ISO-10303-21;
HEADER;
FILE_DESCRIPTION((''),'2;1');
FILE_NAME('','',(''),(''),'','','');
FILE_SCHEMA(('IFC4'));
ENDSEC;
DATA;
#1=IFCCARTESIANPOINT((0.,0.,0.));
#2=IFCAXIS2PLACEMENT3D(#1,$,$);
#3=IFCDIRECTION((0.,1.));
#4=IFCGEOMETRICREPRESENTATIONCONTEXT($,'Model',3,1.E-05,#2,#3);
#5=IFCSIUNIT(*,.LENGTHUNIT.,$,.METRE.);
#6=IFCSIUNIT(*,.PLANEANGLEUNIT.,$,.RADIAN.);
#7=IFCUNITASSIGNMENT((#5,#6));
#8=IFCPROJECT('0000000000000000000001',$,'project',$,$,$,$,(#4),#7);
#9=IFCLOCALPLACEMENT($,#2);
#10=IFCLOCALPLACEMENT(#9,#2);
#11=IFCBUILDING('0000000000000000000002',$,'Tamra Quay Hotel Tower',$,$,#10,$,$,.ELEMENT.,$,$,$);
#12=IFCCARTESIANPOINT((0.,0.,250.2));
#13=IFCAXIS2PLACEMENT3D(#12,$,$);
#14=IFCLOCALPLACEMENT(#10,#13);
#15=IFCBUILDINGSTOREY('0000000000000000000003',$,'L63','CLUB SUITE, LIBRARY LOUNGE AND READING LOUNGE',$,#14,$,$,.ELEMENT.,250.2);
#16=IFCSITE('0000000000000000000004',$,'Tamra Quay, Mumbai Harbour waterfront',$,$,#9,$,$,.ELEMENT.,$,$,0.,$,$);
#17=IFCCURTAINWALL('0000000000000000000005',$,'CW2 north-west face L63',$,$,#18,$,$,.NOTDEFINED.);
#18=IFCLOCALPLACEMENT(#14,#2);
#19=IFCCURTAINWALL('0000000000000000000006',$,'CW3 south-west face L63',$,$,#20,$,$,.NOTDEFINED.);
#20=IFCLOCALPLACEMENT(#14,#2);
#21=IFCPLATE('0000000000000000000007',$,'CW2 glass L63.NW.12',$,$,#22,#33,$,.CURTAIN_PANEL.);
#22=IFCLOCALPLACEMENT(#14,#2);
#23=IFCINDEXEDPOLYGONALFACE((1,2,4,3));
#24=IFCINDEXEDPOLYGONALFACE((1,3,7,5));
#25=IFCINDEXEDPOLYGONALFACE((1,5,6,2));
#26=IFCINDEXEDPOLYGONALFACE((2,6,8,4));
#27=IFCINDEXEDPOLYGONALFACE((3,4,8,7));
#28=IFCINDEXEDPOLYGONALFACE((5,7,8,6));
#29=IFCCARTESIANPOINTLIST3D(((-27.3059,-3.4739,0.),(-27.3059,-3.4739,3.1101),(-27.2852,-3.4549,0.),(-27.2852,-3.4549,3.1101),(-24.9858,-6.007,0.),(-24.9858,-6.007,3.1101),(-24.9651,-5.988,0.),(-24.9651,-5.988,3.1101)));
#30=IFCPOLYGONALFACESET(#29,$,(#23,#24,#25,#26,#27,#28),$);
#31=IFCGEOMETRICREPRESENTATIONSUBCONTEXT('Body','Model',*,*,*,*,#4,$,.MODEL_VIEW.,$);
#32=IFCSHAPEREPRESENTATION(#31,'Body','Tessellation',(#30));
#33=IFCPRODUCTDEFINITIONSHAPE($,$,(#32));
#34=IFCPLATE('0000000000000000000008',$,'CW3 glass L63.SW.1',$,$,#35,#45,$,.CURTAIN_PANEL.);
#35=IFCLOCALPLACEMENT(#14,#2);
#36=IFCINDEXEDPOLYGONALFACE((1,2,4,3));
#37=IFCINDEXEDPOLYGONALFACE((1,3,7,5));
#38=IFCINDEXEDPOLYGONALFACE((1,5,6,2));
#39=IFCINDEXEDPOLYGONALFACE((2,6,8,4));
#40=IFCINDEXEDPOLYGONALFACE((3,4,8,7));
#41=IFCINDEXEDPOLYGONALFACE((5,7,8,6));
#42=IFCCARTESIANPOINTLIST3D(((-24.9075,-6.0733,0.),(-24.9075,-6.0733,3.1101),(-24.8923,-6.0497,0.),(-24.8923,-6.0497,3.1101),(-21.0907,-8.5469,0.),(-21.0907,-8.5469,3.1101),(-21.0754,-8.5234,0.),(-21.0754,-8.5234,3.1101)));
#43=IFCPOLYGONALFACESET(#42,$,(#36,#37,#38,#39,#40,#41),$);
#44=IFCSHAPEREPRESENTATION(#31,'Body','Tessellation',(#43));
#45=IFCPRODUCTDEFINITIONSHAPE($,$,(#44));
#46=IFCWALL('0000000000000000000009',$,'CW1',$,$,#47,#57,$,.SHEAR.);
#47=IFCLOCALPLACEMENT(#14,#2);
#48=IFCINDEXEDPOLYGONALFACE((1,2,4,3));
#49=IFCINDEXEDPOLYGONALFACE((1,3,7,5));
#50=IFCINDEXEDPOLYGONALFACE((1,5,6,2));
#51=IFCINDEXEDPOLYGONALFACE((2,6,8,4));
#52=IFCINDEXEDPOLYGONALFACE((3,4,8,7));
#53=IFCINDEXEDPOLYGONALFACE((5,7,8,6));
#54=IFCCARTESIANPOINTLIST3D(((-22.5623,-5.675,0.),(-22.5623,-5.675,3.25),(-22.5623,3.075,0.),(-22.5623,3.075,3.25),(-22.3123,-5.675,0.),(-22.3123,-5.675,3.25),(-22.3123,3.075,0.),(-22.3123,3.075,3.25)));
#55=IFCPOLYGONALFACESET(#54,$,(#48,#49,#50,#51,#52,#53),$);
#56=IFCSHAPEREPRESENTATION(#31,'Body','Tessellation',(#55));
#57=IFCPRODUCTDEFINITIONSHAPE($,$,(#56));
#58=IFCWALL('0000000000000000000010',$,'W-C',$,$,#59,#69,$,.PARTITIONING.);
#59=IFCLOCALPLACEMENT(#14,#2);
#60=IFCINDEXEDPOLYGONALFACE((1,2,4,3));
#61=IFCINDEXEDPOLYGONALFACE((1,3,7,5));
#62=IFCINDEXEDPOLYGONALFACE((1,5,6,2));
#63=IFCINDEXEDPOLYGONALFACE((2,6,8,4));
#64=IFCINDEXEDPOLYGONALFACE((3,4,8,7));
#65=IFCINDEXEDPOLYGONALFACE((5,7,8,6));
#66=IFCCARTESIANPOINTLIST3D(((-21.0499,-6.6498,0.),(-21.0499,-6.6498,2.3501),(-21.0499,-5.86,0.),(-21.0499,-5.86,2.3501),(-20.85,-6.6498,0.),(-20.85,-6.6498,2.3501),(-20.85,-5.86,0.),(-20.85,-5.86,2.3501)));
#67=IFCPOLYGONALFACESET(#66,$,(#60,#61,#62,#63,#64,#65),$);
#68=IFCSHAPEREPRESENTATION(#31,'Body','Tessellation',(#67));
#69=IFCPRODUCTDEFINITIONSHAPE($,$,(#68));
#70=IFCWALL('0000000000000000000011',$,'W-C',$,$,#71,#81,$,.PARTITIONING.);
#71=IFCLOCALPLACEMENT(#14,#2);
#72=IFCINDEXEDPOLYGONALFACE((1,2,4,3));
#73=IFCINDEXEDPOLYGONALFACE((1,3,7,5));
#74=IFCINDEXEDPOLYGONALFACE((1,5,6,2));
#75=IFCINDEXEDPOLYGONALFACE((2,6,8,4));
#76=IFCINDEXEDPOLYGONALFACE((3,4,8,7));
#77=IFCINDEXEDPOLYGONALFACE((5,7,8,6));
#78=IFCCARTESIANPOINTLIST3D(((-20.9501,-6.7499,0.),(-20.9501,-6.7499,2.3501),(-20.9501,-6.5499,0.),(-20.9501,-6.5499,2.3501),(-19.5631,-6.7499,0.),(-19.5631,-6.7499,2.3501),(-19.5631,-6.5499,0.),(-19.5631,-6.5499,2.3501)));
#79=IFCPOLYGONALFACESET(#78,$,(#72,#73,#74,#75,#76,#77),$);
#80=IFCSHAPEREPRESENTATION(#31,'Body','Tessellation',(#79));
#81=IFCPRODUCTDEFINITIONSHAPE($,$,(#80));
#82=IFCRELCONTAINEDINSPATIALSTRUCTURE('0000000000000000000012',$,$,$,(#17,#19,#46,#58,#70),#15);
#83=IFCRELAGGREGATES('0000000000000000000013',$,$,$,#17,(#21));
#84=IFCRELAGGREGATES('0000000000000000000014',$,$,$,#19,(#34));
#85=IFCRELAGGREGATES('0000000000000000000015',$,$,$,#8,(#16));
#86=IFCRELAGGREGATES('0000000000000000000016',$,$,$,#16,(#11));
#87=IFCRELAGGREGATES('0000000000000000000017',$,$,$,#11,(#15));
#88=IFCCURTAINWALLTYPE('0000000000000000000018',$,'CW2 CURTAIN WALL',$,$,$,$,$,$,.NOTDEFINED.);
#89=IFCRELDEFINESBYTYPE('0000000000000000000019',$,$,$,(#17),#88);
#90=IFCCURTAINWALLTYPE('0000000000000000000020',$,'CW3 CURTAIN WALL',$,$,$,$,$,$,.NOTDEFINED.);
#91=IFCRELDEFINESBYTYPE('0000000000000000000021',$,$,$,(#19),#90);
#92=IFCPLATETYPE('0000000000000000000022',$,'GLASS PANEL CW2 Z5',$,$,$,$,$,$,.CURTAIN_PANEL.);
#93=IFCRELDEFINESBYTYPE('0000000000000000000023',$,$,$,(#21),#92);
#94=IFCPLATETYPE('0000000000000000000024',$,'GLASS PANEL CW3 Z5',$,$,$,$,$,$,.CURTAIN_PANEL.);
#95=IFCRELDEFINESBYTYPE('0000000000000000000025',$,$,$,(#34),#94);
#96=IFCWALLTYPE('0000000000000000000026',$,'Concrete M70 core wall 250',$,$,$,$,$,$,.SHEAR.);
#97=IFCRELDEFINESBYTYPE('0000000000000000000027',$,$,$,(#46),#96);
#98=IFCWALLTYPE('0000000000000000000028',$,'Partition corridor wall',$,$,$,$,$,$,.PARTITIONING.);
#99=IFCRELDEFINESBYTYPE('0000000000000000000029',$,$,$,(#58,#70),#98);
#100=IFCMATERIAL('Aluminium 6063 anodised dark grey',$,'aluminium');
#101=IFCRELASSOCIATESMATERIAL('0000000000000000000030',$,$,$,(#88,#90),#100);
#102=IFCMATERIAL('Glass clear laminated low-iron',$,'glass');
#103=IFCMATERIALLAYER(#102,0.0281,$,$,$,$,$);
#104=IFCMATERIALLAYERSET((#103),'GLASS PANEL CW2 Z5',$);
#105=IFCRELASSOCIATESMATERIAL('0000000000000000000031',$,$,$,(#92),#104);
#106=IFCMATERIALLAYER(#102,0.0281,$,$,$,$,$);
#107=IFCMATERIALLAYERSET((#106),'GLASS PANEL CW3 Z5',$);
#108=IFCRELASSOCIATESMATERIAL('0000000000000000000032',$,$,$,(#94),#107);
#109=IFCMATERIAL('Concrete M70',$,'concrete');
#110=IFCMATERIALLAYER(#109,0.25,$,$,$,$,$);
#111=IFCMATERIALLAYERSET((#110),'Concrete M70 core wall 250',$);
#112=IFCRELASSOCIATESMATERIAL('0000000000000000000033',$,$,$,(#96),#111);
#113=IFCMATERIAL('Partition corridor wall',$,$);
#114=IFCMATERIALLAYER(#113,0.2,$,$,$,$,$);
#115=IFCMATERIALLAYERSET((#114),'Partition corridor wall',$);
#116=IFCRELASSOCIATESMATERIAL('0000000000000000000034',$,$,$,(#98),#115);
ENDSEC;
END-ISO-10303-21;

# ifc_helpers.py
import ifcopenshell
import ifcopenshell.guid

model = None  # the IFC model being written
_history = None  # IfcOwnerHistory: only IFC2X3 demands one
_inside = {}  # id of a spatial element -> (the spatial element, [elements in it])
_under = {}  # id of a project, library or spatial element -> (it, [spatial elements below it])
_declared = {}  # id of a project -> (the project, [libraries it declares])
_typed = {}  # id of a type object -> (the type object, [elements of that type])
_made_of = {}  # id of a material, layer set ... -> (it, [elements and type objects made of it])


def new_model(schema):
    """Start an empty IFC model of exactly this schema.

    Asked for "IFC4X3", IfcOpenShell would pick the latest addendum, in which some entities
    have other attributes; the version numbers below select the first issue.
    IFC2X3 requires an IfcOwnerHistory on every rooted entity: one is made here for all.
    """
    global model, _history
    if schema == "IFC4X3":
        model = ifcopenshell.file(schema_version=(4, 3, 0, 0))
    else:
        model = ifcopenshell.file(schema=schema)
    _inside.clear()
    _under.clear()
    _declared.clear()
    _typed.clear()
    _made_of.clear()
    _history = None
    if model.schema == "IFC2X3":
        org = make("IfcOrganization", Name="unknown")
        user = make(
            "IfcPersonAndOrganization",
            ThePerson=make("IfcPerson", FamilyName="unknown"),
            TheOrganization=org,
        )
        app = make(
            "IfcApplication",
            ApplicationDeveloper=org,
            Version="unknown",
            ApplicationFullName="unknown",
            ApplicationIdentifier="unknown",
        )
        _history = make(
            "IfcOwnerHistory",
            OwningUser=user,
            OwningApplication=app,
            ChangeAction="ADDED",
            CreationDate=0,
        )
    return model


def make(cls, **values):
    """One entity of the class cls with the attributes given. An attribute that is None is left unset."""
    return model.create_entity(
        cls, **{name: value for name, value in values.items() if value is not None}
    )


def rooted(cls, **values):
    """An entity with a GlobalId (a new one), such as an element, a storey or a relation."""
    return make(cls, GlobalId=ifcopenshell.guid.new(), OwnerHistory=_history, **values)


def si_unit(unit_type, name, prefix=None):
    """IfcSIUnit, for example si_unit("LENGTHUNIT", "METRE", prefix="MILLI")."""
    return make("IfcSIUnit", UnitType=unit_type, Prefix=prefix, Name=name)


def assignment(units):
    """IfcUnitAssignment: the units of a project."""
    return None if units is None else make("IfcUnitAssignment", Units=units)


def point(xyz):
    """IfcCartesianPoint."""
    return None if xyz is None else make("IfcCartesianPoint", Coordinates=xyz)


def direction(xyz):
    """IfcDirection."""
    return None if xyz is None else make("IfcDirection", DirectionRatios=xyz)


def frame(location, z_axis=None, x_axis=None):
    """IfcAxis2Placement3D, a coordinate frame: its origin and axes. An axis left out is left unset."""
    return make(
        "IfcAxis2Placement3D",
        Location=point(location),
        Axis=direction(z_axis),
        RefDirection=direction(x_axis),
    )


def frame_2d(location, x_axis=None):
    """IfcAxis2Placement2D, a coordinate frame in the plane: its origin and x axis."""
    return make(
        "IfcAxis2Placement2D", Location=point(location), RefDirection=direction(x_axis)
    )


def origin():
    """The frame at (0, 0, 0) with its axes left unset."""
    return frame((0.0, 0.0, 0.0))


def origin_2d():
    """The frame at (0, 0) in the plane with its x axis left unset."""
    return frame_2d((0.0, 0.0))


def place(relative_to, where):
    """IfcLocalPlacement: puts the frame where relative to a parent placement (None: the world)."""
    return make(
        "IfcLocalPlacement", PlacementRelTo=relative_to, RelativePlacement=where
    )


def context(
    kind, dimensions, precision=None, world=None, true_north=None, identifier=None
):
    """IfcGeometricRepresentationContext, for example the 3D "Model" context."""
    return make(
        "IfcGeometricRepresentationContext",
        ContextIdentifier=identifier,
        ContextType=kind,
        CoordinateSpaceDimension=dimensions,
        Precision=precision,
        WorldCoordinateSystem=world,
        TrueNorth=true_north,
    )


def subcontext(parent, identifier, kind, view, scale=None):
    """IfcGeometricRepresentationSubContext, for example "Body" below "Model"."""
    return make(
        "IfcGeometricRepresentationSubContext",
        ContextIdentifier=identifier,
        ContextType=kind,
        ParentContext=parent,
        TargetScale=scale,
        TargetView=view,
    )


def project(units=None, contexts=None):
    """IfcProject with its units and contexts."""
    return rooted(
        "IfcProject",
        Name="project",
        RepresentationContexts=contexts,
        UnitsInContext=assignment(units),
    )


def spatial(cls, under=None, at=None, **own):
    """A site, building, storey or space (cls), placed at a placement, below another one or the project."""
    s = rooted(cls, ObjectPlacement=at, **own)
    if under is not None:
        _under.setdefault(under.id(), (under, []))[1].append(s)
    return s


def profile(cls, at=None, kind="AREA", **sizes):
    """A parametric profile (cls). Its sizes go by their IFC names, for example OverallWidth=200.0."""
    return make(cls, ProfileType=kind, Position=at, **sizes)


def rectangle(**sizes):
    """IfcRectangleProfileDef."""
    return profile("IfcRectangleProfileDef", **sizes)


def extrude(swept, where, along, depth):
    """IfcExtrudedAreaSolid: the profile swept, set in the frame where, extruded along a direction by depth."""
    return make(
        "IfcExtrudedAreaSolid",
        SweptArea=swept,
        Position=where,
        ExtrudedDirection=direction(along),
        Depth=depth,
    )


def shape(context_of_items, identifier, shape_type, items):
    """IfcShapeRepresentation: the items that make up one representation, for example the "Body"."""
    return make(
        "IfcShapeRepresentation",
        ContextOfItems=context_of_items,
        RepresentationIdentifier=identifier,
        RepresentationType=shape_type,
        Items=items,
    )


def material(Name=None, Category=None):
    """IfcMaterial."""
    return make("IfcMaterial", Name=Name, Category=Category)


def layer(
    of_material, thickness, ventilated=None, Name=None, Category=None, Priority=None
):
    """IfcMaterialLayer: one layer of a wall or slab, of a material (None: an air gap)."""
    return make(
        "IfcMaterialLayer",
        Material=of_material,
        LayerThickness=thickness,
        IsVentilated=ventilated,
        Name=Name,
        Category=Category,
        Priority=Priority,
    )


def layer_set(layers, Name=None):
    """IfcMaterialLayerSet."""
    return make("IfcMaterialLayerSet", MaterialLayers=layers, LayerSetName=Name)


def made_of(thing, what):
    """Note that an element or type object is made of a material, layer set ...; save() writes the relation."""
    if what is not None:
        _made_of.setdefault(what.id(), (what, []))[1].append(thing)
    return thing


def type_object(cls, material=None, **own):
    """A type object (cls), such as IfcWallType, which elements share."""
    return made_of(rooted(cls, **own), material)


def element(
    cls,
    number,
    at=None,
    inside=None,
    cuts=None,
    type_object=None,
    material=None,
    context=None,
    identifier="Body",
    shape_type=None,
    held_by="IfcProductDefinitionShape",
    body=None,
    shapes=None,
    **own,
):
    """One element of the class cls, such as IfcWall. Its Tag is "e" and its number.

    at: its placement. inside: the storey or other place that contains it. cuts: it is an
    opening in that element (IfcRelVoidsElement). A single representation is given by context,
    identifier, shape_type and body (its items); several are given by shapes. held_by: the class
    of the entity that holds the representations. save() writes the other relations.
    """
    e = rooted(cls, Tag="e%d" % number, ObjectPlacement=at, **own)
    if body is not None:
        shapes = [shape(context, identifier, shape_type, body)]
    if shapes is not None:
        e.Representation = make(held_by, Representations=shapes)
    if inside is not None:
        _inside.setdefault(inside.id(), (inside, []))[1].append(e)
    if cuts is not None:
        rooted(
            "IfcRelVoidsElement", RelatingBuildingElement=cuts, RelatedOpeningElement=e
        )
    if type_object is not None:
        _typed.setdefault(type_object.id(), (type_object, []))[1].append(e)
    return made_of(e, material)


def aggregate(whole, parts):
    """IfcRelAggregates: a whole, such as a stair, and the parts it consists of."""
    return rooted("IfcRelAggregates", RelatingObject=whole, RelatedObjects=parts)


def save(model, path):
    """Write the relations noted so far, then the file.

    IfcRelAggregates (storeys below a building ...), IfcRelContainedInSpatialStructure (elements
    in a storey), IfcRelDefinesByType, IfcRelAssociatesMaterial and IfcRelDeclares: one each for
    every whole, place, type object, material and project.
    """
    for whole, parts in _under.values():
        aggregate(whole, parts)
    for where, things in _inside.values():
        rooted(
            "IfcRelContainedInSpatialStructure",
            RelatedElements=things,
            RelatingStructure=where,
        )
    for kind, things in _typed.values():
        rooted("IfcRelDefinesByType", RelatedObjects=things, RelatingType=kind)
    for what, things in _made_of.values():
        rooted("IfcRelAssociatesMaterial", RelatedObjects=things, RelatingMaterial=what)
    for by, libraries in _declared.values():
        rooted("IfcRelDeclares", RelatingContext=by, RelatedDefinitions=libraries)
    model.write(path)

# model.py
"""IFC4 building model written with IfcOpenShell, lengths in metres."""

from ifc_helpers import new_model, si_unit, direction, frame, frame_2d, origin, origin_2d, place, context, subcontext, project, spatial, rectangle, extrude, material, layer, layer_set, type_object, element, aggregate, save


model = new_model("IFC4")

# Units and contexts
model_context = context("Model", 3, precision=1e-05, world=origin(), true_north=direction((0.0, 1.0)))
body_context = subcontext(model_context, "Body", "Model", "MODEL_VIEW")
ifc_project = project(units=[si_unit("LENGTHUNIT", "METRE"), si_unit("PLANEANGLEUNIT", "RADIAN")], contexts=[model_context])

# Site, building, storey
site_placement = place(None, origin())
site = spatial("IfcSite", under=ifc_project, at=site_placement, Name="Tamra Quay, Mumbai Harbour waterfront", CompositionType="ELEMENT", RefElevation=0.0)
building_placement = place(site_placement, origin())
building = spatial("IfcBuilding", under=site, at=building_placement, Name="Tamra Quay Hotel Tower", CompositionType="ELEMENT")
storey_placement = place(building_placement, frame((0.0, 0.0, 250.2)))
storey = spatial("IfcBuildingStorey", under=building, at=storey_placement, Name="L63", Description="CLUB SUITE, LIBRARY LOUNGE AND READING LOUNGE", CompositionType="ELEMENT", Elevation=250.2)

# Shared definitions
ifc_material_1 = material(Name="Concrete M70", Category="concrete")

# Curtain walls
ifc_material_2 = material(Name="Aluminium 6063 anodised dark grey", Category="aluminium")
curtain_wall_type_1 = type_object("IfcCurtainWallType", Name="CW2 CURTAIN WALL", PredefinedType="NOTDEFINED", material=ifc_material_2)
curtain_wall_1_placement = place(storey_placement, origin())
curtain_wall_1 = element("IfcCurtainWall", 1, at=curtain_wall_1_placement, inside=storey, type_object=curtain_wall_type_1, Name="CW2 north-west face L63", PredefinedType="NOTDEFINED")
curtain_wall_type_2 = type_object("IfcCurtainWallType", Name="CW3 CURTAIN WALL", PredefinedType="NOTDEFINED", material=ifc_material_2)
curtain_wall_2_placement = place(storey_placement, origin())
curtain_wall_2 = element("IfcCurtainWall", 2, at=curtain_wall_2_placement, inside=storey, type_object=curtain_wall_type_2, Name="CW3 south-west face L63", PredefinedType="NOTDEFINED")

# Plates
ifc_material_3 = material(Name="Glass clear laminated low-iron", Category="glass")
ifc_layer_1 = layer(ifc_material_3, 0.0281)
ifc_layer_set_1 = layer_set([ifc_layer_1], Name="GLASS PANEL CW2 Z5")
plate_type_1 = type_object("IfcPlateType", Name="GLASS PANEL CW2 Z5", PredefinedType="CURTAIN_PANEL", material=ifc_layer_set_1)
plate_1_placement = place(storey_placement, frame((-26.1355, -4.731, 0.0), z_axis=(0.0, 0.0, 1.0), x_axis=(0.675438, -0.737417, 0.0)))
plate_1 = element("IfcPlate", 3, at=plate_1_placement, type_object=plate_type_1, Name="CW2 glass L63.NW.12", PredefinedType="CURTAIN_PANEL", context=body_context, shape_type="SweptSolid", body=[
    extrude(rectangle(XDim=3.4351, YDim=0.0281, at=origin_2d()), origin(), (0.0, 0.0, 1.0), 3.1101),
])
aggregate(curtain_wall_1, [plate_1])
ifc_layer_2 = layer(ifc_material_3, 0.0281)
ifc_layer_set_2 = layer_set([ifc_layer_2], Name="GLASS PANEL CW3 Z5")
plate_type_2 = type_object("IfcPlateType", Name="GLASS PANEL CW3 Z5", PredefinedType="CURTAIN_PANEL", material=ifc_layer_set_2)
plate_2_placement = place(storey_placement, frame((-22.9915, -7.2983, 0.0), z_axis=(0.0, 0.0, 1.0), x_axis=(0.839179, -0.543856, 0.0)))
plate_2 = element("IfcPlate", 4, at=plate_2_placement, type_object=plate_type_2, Name="CW3 glass L63.SW.1", PredefinedType="CURTAIN_PANEL", context=body_context, shape_type="SweptSolid", body=[
    extrude(rectangle(XDim=4.5483, YDim=0.0281, at=origin_2d()), origin(), (0.0, 0.0, 1.0), 3.1101),
])
aggregate(curtain_wall_2, [plate_2])

# Walls
ifc_layer_3 = layer(ifc_material_1, 0.25)
ifc_layer_set_3 = layer_set([ifc_layer_3], Name="Concrete M70 core wall 250")
wall_type_1 = type_object("IfcWallType", Name="Concrete M70 core wall 250", PredefinedType="SHEAR", material=ifc_layer_set_3)
wall_1_placement = place(storey_placement, frame((-22.4373, -5.675, 0.0), z_axis=(0.0, 0.0, 1.0), x_axis=(0.0, 1.0, 0.0)))
element("IfcWall", 5, at=wall_1_placement, inside=storey, type_object=wall_type_1, Name="CW1", PredefinedType="SHEAR", context=body_context, shape_type="SweptSolid", body=[
    extrude(rectangle(XDim=8.75, YDim=0.25, at=frame_2d((4.375, 0.0))), origin(), (0.0, 0.0, 1.0), 3.25),
])
ifc_material_4 = material(Name="Partition corridor wall")
ifc_layer_4 = layer(ifc_material_4, 0.2)
ifc_layer_set_4 = layer_set([ifc_layer_4], Name="Partition corridor wall")
wall_type_2 = type_object("IfcWallType", Name="Partition corridor wall", PredefinedType="PARTITIONING", material=ifc_layer_set_4)
wall_2_placement = place(storey_placement, frame((-20.95, -6.6499, 0.0), z_axis=(0.0, 0.0, 1.0), x_axis=(0.0, 1.0, 0.0)))
element("IfcWall", 6, at=wall_2_placement, inside=storey, type_object=wall_type_2, Name="W-C", PredefinedType="PARTITIONING", context=body_context, shape_type="SweptSolid", body=[
    extrude(rectangle(XDim=0.7898, YDim=0.2, at=frame_2d((0.395, 0.0))), origin(), (0.0, 0.0, 1.0), 2.3501),
])
wall_3_placement = place(storey_placement, frame((-20.95, -6.6499, 0.0), z_axis=(0.0, 0.0, 1.0), x_axis=(1.0, 0.0, 0.0)))
element("IfcWall", 7, at=wall_3_placement, inside=storey, type_object=wall_type_2, Name="W-C", PredefinedType="PARTITIONING", context=body_context, shape_type="SweptSolid", body=[
    extrude(rectangle(XDim=1.387, YDim=0.2, at=frame_2d((0.6934, 0.0))), origin(), (0.0, 0.0, 1.0), 2.3501),
])

save(model, "model.ifc")
